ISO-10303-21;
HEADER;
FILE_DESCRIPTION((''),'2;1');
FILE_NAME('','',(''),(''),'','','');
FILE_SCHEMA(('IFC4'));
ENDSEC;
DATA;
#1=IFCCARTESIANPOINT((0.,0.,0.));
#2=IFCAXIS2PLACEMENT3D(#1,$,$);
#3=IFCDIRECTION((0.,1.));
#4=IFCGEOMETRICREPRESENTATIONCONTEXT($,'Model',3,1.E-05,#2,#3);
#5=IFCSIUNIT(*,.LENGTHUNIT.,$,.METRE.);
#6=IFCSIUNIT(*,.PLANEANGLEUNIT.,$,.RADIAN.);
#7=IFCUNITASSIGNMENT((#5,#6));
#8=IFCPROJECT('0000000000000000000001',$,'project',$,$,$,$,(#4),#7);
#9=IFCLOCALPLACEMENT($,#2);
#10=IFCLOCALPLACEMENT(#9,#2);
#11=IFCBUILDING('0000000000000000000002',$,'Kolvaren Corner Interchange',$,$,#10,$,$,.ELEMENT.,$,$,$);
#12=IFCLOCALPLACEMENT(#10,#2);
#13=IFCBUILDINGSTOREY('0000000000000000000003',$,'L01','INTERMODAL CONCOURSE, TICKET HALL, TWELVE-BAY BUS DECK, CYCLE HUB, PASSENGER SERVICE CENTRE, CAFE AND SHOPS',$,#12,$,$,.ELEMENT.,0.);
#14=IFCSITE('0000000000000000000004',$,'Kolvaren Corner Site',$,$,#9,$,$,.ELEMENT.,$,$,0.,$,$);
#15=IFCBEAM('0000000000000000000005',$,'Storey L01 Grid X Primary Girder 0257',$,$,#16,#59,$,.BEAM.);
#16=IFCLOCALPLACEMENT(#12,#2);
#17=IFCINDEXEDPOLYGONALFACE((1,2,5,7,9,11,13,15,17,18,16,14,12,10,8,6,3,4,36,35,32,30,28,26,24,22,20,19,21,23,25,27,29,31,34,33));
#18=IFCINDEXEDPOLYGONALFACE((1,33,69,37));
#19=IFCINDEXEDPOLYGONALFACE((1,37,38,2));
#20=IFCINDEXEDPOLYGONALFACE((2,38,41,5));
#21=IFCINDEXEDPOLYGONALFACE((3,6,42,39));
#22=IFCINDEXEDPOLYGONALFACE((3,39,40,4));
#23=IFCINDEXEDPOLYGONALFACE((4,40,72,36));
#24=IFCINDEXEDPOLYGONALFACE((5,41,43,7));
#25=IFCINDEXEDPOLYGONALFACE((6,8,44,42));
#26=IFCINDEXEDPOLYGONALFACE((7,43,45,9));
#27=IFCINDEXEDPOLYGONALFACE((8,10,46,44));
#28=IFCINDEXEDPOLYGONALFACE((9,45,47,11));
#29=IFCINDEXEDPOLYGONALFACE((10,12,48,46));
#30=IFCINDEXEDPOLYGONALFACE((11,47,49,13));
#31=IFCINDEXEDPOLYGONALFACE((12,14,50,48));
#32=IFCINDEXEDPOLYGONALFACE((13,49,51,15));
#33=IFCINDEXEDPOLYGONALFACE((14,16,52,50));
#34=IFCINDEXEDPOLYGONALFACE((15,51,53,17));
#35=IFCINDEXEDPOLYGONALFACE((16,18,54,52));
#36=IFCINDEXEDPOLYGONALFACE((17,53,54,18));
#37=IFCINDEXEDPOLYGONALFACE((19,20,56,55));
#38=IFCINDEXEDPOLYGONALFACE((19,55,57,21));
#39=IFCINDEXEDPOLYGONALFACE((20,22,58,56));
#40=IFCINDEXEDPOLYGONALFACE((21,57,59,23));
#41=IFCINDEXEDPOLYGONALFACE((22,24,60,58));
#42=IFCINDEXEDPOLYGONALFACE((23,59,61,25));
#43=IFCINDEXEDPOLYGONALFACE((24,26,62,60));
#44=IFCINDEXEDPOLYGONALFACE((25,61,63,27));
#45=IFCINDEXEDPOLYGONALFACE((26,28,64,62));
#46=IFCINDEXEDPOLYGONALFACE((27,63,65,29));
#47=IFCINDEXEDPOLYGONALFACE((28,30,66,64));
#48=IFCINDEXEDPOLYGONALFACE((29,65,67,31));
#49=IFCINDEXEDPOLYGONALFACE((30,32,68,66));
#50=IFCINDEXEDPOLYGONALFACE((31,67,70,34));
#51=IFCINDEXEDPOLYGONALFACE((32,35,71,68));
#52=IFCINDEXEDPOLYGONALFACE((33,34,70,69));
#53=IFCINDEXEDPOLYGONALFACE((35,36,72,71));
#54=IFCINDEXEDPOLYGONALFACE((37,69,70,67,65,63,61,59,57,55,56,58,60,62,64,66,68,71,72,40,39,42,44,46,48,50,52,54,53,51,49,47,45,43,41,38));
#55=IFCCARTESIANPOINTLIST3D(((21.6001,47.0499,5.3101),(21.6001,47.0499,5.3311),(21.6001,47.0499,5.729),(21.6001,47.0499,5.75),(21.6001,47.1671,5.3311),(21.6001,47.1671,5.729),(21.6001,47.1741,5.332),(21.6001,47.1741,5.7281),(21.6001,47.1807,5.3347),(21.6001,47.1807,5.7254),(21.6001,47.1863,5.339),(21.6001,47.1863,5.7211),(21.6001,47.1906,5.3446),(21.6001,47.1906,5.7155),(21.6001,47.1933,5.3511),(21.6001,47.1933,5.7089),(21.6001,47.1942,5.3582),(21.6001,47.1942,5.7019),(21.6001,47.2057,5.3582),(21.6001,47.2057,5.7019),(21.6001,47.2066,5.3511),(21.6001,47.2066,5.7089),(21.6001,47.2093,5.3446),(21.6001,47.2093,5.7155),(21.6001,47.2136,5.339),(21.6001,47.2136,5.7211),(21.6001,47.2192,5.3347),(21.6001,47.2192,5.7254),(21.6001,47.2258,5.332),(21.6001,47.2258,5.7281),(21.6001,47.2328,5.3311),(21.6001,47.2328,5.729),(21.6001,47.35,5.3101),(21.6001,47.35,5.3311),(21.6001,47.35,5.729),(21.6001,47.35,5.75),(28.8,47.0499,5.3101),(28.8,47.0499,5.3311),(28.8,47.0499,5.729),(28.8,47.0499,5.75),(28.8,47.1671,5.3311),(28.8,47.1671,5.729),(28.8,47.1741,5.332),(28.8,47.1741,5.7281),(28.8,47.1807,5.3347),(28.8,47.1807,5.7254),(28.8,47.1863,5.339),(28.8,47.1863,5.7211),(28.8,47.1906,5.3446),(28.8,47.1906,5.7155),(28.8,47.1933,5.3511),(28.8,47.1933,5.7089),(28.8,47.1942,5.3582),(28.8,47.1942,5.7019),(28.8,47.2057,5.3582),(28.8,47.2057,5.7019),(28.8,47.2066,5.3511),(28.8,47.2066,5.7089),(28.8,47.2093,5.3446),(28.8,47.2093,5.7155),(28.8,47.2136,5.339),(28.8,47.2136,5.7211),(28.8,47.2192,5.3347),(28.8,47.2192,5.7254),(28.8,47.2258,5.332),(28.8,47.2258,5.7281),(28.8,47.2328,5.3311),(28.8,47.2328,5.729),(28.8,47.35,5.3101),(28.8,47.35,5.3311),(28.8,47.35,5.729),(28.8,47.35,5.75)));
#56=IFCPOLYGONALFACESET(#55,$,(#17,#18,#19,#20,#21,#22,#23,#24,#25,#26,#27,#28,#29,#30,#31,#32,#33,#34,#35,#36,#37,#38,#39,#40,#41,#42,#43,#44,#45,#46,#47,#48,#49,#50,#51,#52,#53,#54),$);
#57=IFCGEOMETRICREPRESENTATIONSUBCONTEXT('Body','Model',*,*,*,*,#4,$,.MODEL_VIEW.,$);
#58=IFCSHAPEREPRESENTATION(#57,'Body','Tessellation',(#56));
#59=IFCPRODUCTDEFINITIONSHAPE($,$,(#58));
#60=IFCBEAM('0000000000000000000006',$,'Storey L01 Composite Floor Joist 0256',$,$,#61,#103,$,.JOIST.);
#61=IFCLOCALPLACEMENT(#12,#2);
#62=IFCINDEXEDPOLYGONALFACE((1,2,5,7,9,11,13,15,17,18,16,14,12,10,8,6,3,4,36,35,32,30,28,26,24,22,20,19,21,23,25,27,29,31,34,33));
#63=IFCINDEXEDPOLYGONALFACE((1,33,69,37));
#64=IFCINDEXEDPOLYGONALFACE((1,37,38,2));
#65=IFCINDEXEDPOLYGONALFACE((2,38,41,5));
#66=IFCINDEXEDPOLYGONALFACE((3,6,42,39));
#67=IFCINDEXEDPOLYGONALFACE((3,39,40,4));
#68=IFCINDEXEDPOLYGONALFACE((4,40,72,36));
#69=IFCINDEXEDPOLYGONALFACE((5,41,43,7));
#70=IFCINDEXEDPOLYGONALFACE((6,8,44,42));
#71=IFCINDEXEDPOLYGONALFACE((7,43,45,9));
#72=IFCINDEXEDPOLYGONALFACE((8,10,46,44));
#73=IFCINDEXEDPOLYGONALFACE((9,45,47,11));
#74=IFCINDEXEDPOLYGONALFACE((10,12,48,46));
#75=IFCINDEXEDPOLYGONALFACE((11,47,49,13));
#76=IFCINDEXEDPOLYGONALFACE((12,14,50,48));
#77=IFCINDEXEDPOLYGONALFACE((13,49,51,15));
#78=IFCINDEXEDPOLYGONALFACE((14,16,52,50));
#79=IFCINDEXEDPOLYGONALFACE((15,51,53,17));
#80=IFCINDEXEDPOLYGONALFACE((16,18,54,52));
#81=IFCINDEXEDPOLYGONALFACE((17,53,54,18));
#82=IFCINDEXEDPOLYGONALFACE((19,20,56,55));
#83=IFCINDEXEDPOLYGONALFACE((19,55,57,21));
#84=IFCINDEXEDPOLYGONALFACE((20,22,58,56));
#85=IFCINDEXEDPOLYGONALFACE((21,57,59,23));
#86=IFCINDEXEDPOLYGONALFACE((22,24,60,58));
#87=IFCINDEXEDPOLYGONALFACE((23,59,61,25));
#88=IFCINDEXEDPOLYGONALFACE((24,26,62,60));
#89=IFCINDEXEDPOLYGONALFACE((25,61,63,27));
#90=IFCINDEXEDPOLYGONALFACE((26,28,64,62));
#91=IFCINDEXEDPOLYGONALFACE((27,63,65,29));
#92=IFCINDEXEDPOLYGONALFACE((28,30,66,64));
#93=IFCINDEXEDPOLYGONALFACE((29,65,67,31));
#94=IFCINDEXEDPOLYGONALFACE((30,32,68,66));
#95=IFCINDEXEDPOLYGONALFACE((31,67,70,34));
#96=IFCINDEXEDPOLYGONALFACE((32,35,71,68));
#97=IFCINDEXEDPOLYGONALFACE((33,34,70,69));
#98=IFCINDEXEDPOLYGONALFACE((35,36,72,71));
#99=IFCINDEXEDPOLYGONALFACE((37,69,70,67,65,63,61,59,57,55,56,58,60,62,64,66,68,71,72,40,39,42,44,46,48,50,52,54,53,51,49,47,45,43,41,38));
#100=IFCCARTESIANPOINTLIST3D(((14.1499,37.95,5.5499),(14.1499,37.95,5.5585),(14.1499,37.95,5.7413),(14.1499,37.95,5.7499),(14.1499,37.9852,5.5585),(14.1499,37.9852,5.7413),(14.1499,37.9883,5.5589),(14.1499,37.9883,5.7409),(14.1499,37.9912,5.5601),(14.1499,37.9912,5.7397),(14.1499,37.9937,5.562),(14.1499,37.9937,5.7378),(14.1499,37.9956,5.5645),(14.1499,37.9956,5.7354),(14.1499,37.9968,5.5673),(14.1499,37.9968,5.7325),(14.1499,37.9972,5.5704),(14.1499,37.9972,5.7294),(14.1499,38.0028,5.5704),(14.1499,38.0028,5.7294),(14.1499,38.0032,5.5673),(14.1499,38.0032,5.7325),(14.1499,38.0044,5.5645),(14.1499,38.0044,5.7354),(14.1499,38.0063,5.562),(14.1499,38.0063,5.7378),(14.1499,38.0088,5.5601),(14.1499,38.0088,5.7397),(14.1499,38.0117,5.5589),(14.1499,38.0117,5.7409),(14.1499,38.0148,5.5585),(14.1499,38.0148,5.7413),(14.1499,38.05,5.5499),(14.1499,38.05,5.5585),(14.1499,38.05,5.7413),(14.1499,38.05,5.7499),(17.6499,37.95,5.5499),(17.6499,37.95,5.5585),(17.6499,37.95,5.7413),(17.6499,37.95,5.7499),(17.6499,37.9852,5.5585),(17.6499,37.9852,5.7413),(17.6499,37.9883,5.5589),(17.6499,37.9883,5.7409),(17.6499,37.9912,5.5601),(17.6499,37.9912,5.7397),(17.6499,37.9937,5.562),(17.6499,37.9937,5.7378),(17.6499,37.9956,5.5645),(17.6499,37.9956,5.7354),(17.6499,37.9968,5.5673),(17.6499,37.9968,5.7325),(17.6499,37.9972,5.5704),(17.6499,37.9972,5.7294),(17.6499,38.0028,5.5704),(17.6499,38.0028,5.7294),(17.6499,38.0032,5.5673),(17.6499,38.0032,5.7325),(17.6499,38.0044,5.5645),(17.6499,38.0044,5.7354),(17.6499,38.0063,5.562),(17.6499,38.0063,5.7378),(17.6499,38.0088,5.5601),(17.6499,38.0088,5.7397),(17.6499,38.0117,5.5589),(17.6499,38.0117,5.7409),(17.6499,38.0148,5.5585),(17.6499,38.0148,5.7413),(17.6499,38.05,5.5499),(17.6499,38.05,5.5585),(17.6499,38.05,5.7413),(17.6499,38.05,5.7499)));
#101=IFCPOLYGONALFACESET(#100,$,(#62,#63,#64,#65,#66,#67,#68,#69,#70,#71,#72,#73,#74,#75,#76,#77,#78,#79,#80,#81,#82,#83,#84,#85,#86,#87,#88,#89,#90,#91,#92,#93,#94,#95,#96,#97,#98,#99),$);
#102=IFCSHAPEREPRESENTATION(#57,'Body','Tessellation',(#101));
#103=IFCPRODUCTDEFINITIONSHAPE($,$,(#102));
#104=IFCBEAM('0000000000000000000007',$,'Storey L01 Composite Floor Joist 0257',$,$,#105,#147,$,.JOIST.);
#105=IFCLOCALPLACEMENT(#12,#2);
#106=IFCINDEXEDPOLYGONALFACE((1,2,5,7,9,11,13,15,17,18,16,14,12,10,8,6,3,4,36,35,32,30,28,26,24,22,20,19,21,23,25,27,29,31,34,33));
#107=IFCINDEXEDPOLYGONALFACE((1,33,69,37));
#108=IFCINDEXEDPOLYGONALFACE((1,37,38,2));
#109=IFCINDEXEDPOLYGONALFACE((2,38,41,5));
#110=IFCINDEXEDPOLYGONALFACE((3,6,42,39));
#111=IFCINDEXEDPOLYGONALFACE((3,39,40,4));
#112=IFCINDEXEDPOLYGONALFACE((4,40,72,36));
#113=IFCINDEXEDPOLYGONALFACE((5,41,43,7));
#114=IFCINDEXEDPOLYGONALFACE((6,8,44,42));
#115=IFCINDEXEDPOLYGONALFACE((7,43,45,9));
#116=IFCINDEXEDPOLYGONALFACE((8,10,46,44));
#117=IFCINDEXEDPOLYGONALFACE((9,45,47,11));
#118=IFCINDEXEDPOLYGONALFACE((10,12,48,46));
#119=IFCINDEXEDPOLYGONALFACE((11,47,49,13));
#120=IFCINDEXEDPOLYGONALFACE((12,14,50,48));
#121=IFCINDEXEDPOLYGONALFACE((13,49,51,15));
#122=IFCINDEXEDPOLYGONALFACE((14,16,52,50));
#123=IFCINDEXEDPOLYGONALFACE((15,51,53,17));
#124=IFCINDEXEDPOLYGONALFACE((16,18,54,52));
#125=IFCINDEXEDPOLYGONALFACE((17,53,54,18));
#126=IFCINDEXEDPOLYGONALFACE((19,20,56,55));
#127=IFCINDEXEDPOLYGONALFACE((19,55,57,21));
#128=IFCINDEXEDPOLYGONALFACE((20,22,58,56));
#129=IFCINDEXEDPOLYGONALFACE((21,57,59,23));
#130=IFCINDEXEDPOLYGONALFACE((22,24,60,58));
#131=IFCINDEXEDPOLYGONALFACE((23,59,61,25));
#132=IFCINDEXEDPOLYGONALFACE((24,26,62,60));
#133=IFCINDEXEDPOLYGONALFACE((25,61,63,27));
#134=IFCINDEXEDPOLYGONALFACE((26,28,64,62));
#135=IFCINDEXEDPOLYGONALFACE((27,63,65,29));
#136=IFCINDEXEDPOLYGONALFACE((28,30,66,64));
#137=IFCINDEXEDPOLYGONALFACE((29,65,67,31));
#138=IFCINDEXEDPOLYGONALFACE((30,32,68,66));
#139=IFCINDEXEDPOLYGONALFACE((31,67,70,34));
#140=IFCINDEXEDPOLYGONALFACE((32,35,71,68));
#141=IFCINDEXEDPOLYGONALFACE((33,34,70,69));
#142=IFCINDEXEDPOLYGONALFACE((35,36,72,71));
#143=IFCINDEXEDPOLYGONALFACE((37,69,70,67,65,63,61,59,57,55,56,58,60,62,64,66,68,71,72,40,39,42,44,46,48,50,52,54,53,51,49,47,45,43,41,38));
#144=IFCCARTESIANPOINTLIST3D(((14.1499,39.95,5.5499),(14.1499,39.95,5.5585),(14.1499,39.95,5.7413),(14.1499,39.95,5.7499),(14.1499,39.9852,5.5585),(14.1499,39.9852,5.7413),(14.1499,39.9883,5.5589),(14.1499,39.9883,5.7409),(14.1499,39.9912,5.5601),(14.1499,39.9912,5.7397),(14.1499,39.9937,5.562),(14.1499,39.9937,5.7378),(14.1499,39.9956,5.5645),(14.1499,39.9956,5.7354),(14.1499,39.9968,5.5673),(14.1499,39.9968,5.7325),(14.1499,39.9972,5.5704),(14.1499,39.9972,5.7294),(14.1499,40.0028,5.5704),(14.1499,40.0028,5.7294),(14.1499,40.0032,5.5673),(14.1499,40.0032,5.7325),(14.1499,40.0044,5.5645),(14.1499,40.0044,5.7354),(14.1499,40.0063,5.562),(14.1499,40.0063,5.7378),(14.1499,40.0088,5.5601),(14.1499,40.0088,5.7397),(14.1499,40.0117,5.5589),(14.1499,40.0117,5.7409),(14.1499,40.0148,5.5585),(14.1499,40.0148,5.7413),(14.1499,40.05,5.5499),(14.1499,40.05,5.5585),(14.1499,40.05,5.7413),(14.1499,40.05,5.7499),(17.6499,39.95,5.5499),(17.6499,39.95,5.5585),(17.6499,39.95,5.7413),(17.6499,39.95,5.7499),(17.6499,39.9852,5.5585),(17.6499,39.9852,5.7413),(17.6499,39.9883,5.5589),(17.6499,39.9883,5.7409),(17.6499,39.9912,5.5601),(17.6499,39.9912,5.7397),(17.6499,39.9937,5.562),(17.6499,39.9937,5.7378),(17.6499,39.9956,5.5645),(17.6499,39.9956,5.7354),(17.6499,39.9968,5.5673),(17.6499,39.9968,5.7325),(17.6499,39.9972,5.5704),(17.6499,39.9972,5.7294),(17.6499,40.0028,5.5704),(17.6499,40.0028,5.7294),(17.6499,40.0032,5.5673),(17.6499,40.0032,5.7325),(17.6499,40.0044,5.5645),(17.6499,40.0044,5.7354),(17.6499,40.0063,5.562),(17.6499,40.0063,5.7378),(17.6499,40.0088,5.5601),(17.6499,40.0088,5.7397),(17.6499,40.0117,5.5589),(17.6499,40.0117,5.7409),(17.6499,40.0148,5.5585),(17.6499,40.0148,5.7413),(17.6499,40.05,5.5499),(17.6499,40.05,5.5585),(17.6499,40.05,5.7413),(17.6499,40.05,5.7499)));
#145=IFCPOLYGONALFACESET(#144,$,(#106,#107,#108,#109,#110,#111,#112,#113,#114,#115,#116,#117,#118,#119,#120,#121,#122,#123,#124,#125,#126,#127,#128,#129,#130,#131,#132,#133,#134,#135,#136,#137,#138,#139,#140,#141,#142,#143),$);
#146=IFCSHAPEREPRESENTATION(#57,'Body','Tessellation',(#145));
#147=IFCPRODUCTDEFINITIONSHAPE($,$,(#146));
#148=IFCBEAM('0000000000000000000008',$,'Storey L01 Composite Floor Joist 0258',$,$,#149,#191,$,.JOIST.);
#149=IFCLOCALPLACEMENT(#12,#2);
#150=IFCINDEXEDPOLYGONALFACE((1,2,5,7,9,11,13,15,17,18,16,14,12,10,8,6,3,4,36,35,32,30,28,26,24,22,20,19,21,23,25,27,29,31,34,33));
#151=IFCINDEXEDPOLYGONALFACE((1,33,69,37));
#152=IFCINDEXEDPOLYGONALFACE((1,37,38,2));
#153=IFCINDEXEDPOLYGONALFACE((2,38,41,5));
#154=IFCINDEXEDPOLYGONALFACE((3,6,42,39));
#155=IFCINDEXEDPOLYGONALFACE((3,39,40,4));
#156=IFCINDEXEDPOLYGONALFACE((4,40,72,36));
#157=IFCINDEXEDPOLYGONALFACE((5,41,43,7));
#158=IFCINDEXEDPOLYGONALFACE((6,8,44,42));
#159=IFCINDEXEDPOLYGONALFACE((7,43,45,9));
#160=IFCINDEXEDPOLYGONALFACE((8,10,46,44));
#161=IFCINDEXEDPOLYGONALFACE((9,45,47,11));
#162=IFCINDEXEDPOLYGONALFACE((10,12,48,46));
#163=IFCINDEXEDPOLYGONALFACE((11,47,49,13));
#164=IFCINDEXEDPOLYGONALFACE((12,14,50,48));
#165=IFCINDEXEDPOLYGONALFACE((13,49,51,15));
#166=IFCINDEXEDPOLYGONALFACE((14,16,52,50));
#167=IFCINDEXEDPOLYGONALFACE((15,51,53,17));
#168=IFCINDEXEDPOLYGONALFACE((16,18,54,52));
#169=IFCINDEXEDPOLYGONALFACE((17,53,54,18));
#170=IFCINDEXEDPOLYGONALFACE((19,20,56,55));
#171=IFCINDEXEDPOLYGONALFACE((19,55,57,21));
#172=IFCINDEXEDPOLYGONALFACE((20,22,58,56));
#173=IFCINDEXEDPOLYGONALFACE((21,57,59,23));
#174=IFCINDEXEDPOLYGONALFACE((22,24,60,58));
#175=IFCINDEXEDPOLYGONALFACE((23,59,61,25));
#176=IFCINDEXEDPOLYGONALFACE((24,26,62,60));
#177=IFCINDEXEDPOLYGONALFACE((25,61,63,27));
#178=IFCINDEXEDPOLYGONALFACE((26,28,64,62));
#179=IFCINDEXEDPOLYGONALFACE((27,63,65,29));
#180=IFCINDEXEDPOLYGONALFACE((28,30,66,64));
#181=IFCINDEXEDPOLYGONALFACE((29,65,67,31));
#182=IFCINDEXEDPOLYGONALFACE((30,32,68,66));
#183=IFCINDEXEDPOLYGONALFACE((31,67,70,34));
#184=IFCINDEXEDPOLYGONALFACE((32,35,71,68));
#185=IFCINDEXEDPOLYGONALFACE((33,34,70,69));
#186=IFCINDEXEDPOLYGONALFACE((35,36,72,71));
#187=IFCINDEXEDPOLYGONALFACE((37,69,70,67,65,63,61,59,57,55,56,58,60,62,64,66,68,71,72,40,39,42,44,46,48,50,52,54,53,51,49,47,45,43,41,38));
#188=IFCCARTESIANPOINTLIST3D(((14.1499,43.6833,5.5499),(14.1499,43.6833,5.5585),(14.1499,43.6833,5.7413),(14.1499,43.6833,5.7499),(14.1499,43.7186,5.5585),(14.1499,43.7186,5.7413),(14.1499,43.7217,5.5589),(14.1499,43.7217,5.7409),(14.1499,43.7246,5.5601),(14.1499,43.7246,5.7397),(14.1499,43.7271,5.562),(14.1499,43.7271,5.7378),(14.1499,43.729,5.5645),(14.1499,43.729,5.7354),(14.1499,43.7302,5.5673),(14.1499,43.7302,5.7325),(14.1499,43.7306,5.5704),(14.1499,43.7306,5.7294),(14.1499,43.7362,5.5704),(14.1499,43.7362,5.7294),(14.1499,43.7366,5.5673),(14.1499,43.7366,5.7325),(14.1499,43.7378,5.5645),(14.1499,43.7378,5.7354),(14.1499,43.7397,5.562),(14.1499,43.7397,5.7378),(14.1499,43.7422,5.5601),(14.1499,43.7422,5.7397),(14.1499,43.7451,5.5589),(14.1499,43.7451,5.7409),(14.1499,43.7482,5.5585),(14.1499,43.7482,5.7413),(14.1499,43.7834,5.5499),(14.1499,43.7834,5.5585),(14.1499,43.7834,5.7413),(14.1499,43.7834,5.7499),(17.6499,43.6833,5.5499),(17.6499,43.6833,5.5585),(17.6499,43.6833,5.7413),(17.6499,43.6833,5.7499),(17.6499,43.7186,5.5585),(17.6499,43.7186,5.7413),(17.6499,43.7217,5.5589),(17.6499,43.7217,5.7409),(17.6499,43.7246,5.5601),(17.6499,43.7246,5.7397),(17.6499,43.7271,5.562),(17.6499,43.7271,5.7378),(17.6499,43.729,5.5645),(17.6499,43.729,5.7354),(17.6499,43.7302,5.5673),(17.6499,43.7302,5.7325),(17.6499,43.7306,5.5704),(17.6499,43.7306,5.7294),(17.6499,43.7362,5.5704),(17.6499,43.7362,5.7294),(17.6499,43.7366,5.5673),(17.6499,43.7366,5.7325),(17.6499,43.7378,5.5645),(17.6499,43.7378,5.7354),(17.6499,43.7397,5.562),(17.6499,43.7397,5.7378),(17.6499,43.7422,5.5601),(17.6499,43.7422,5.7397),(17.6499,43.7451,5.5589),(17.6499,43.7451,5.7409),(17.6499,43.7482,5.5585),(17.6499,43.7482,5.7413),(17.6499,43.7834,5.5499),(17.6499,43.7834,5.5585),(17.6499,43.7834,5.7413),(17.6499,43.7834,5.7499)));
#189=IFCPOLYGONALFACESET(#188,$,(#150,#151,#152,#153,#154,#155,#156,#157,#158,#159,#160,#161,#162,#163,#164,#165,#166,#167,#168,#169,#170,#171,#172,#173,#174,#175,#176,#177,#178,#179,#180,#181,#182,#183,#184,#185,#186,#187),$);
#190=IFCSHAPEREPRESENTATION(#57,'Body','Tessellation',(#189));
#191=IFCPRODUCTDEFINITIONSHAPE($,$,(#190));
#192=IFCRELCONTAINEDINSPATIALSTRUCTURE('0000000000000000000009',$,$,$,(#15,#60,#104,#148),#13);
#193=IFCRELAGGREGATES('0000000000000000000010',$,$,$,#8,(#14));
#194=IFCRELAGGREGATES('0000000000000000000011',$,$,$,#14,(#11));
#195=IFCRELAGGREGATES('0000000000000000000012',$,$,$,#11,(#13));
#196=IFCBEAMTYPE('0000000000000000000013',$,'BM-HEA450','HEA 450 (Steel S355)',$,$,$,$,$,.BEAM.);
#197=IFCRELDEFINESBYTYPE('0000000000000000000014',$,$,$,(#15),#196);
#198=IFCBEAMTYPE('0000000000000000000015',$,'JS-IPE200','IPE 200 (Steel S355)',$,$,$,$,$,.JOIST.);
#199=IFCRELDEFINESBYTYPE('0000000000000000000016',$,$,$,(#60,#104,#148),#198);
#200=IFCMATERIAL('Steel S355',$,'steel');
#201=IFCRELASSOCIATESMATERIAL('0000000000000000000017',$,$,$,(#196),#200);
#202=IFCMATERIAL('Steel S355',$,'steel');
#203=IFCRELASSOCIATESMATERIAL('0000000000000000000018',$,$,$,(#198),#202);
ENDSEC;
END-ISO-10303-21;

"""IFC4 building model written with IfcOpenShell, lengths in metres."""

from ifc_helpers import new_model, si_unit, direction, frame, origin, origin_2d, place, context, subcontext, project, spatial, i_section, extrude, material, material_profile, profile_set, type_object, element, save


model = new_model("IFC4")

# Units and contexts
model_context = context("Model", 3, precision=1e-05, world=origin(), true_north=direction((0.0, 1.0)))
body_context = subcontext(model_context, "Body", "Model", "MODEL_VIEW")
ifc_project = project(units=[si_unit("LENGTHUNIT", "METRE"), si_unit("PLANEANGLEUNIT", "RADIAN")], contexts=[model_context])

# Site, building, storey
site_placement = place(None, origin())
site = spatial("IfcSite", under=ifc_project, at=site_placement, Name="Kolvaren Corner Site", CompositionType="ELEMENT", RefElevation=0.0)
building_placement = place(site_placement, origin())
building = spatial("IfcBuilding", under=site, at=building_placement, Name="Kolvaren Corner Interchange", CompositionType="ELEMENT")
storey_placement = place(building_placement, origin())
storey = spatial("IfcBuildingStorey", under=building, at=storey_placement, Name="L01", Description="INTERMODAL CONCOURSE, TICKET HALL, TWELVE-BAY BUS DECK, CYCLE HUB, PASSENGER SERVICE CENTRE, CAFE AND SHOPS", CompositionType="ELEMENT", Elevation=0.0)

# Beams
ifc_material_1 = material(Name="Steel S355", Category="steel")
ifc_material_profile_1 = material_profile(ifc_material_1, i_section(OverallWidth=0.3, OverallDepth=0.4399, WebThickness=0.0115, FlangeThickness=0.021, FilletRadius=0.0271, at=origin_2d()), Name="HEA 450")
ifc_profile_set_1 = profile_set([ifc_material_profile_1], Name="Steel S355")
beam_type_1 = type_object("IfcBeamType", Name="BM-HEA450", Description="HEA 450 (Steel S355)", PredefinedType="BEAM", material=ifc_profile_set_1)
for number, where, z_axis, x_axis, name in (
    (1, (21.6001, 47.2, 5.53), (1.0, 0.0, 0.0), (0.0, 1.0, 0.0), "Storey L01 Grid X Primary Girder 0257"),
):
    element("IfcBeam", number, at=place(storey_placement, frame(where, z_axis=z_axis, x_axis=x_axis)), inside=storey, type_object=beam_type_1, Name=name, PredefinedType="BEAM", context=body_context, shape_type="SweptSolid", body=[
        extrude(i_section(OverallWidth=0.3, OverallDepth=0.4399, WebThickness=0.0115, FlangeThickness=0.021, FilletRadius=0.0271, at=origin_2d()), origin(), (0.0, 0.0, 1.0), 7.2),
    ])
ifc_material_2 = material(Name="Steel S355", Category="steel")
ifc_material_profile_2 = material_profile(ifc_material_2, i_section(OverallWidth=0.1001, OverallDepth=0.2, WebThickness=0.0056, FlangeThickness=0.0085, FilletRadius=0.012, at=origin_2d()), Name="IPE 200")
ifc_profile_set_2 = profile_set([ifc_material_profile_2], Name="Steel S355")
beam_type_2 = type_object("IfcBeamType", Name="JS-IPE200", Description="IPE 200 (Steel S355)", PredefinedType="JOIST", material=ifc_profile_set_2)
for number, where, z_axis, x_axis, name in (
    (2, (14.1499, 38.0, 5.6499), (1.0, 0.0, 0.0), (0.0, 1.0, 0.0), "Storey L01 Composite Floor Joist 0256"),
    (3, (14.1499, 40.0, 5.6499), (1.0, 0.0, 0.0), (0.0, 1.0, 0.0), "Storey L01 Composite Floor Joist 0257"),
    (4, (14.1499, 43.7334, 5.6499), (1.0, 0.0, 0.0), (0.0, 1.0, 0.0), "Storey L01 Composite Floor Joist 0258"),
):
    element("IfcBeam", number, at=place(storey_placement, frame(where, z_axis=z_axis, x_axis=x_axis)), inside=storey, type_object=beam_type_2, Name=name, PredefinedType="JOIST", context=body_context, shape_type="SweptSolid", body=[
        extrude(i_section(OverallWidth=0.1001, OverallDepth=0.2, WebThickness=0.0056, FlangeThickness=0.0085, FilletRadius=0.012, at=origin_2d()), origin(), (0.0, 0.0, 1.0), 3.5),
    ])

save(model, "model.ifc")
